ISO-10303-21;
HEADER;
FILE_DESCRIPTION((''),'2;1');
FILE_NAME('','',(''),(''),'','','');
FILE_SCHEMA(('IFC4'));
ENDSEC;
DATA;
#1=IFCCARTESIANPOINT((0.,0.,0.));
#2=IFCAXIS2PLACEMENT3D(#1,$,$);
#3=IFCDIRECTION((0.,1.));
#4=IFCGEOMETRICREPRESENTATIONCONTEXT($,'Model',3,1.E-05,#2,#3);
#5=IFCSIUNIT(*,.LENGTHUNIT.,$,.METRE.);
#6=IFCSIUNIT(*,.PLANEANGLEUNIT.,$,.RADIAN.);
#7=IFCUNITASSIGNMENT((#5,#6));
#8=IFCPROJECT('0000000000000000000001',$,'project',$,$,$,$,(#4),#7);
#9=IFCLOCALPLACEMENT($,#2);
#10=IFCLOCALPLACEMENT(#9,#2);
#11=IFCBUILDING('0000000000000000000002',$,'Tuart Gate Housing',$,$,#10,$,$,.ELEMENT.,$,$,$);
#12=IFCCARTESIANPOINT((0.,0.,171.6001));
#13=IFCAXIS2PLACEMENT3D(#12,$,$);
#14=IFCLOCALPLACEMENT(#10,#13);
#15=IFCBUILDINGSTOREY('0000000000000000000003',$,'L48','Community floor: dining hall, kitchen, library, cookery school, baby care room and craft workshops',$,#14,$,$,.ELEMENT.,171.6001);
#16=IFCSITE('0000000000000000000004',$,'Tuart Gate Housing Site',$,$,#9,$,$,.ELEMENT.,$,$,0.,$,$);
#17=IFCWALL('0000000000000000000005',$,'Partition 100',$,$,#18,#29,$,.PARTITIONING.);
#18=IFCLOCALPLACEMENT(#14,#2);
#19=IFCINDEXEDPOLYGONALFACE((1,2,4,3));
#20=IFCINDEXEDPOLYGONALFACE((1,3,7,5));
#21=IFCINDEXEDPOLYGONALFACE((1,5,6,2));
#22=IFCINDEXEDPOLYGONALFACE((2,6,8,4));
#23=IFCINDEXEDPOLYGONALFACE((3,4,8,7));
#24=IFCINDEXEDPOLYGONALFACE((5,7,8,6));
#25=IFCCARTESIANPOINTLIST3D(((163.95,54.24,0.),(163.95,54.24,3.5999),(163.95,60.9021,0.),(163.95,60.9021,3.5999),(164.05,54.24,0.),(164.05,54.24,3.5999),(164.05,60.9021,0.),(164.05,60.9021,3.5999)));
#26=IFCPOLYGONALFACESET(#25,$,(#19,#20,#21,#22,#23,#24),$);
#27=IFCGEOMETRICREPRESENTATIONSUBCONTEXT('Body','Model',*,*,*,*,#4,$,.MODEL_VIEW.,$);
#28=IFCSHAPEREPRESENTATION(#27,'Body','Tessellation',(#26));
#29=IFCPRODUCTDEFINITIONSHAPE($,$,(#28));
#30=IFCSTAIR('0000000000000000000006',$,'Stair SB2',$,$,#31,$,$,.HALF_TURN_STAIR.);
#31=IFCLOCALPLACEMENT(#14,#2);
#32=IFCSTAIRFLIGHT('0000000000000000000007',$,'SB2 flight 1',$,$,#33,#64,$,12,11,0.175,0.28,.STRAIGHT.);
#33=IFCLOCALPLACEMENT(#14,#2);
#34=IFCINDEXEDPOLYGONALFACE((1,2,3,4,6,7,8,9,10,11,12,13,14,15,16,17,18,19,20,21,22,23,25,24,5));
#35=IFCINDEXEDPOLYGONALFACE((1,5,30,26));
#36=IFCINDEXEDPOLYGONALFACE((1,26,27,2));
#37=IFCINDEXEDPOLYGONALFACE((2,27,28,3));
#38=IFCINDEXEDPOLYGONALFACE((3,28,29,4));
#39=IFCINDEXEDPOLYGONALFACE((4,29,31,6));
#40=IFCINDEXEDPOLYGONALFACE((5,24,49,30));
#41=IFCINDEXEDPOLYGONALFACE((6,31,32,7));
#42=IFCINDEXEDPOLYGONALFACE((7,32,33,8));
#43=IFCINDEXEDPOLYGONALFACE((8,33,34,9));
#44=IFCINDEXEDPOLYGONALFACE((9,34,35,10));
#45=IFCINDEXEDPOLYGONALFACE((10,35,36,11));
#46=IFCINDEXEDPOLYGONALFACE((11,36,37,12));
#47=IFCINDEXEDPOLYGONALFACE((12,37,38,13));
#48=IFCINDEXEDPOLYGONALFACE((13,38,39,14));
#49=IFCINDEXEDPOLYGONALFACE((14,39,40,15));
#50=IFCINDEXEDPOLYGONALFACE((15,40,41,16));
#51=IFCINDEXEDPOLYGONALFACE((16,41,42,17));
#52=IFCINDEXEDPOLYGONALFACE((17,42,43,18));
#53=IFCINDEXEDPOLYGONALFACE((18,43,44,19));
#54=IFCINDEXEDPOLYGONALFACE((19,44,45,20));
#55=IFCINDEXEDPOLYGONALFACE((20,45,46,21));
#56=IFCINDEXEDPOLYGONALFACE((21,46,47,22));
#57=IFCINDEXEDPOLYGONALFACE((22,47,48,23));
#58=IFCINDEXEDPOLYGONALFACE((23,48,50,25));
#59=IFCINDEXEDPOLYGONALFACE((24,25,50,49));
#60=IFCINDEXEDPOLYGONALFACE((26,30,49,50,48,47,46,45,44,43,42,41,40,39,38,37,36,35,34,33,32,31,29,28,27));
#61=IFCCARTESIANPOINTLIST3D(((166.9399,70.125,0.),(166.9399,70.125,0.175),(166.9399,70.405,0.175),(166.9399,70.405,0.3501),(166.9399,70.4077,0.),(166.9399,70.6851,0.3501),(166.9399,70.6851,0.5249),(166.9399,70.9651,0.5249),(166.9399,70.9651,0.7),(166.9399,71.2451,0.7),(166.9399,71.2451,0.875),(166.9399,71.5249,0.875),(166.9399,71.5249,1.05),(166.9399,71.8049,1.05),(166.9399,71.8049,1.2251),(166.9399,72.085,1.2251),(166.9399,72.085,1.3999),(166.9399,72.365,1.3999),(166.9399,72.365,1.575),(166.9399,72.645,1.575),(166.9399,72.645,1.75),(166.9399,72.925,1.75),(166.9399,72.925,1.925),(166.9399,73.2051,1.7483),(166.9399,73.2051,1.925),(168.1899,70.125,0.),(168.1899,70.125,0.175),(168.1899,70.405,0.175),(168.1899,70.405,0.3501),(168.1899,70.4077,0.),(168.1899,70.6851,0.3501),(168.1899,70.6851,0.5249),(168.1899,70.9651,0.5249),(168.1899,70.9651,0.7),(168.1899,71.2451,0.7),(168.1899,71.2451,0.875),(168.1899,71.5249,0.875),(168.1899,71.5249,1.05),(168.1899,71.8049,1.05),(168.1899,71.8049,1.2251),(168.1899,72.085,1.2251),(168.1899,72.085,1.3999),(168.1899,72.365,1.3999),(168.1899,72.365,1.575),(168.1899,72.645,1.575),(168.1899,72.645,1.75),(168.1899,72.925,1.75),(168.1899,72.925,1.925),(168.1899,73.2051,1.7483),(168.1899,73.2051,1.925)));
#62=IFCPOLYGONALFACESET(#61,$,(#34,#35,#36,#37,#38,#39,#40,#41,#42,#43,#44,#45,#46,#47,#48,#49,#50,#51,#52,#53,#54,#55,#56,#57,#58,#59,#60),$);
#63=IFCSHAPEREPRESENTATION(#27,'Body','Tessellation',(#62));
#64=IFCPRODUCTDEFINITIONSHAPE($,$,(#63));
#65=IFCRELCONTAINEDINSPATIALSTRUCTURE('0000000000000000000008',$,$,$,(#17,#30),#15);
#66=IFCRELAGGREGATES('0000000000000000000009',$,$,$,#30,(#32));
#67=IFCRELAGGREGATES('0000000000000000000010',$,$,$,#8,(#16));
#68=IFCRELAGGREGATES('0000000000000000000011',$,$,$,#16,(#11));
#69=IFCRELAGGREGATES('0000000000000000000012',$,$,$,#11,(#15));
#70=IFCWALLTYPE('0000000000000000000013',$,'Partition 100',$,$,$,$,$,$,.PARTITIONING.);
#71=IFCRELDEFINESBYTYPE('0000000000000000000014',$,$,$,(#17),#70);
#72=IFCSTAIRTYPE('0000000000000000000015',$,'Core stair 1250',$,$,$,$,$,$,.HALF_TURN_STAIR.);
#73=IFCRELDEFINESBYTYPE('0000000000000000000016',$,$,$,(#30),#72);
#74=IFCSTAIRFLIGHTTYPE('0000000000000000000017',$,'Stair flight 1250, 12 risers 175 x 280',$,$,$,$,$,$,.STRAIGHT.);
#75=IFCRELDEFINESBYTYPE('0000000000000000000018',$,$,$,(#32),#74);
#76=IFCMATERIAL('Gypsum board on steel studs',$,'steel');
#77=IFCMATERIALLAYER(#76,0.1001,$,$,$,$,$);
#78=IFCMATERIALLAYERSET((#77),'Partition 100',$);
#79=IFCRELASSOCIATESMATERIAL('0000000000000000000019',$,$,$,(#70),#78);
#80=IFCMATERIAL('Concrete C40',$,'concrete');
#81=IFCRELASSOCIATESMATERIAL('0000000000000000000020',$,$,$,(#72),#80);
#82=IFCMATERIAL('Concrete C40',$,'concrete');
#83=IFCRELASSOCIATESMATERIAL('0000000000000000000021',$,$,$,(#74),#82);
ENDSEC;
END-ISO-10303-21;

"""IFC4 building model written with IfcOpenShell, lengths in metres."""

from ifc_helpers import new_model, si_unit, direction, frame, frame_2d, origin, place, context, subcontext, project, spatial, polyline, rectangle, outline, extrude, material, layer, layer_set, type_object, element, aggregate, save


model = new_model("IFC4")

# Units and contexts
model_context = context("Model", 3, precision=1e-05, world=origin(), true_north=direction((0.0, 1.0)))
body_context = subcontext(model_context, "Body", "Model", "MODEL_VIEW")
ifc_project = project(units=[si_unit("LENGTHUNIT", "METRE"), si_unit("PLANEANGLEUNIT", "RADIAN")], contexts=[model_context])

# Site, building, storey
site_placement = place(None, origin())
site = spatial("IfcSite", under=ifc_project, at=site_placement, Name="Tuart Gate Housing Site", CompositionType="ELEMENT", RefElevation=0.0)
building_placement = place(site_placement, origin())
building = spatial("IfcBuilding", under=site, at=building_placement, Name="Tuart Gate Housing", CompositionType="ELEMENT")
storey_placement = place(building_placement, frame((0.0, 0.0, 171.6001)))
storey = spatial("IfcBuildingStorey", under=building, at=storey_placement, Name="L48", Description="Community floor: dining hall, kitchen, library, cookery school, baby care room and craft workshops", CompositionType="ELEMENT", Elevation=171.6001)

# Wall
ifc_material_1 = material(Name="Gypsum board on steel studs", Category="steel")
ifc_layer_1 = layer(ifc_material_1, 0.1001)
ifc_layer_set_1 = layer_set([ifc_layer_1], Name="Partition 100")
wall_type_1 = type_object("IfcWallType", Name="Partition 100", PredefinedType="PARTITIONING", material=ifc_layer_set_1)
wall_1_placement = place(storey_placement, frame((164.0, 54.24, 0.0), z_axis=(0.0, 0.0, 1.0), x_axis=(0.0, 1.0, 0.0)))
element("IfcWall", 1, at=wall_1_placement, inside=storey, type_object=wall_type_1, Name="Partition 100", PredefinedType="PARTITIONING", context=body_context, shape_type="SweptSolid", body=[
    extrude(rectangle(XDim=6.6621, YDim=0.1001, at=frame_2d((3.3311, 0.0))), origin(), (0.0, 0.0, 1.0), 3.5999),
])

# Stair, stair flight
ifc_material_2 = material(Name="Concrete C40", Category="concrete")
stair_type = type_object("IfcStairType", Name="Core stair 1250", PredefinedType="HALF_TURN_STAIR", material=ifc_material_2)
stair_placement = place(storey_placement, origin())
stair = element("IfcStair", 2, at=stair_placement, inside=storey, type_object=stair_type, Name="Stair SB2", PredefinedType="HALF_TURN_STAIR")
ifc_material_3 = material(Name="Concrete C40", Category="concrete")
stair_flight_type = type_object("IfcStairFlightType", Name="Stair flight 1250, 12 risers 175 x 280", PredefinedType="STRAIGHT", material=ifc_material_3)
stair_flight_placement = place(storey_placement, frame((167.5649, 70.125, 0.0), z_axis=(0.0, 0.0, 1.0), x_axis=(0.0, 1.0, 0.0)))
stair_flight = element("IfcStairFlight", 3, at=stair_flight_placement, type_object=stair_flight_type, Name="SB2 flight 1", NumberOfRisers=12, NumberOfTreads=11, PredefinedType="STRAIGHT", RiserHeight=0.175, TreadLength=0.28, context=body_context, shape_type="SweptSolid", body=[
    extrude(outline(polyline([(0.0, 0.0), (0.0, 0.175), (0.28, 0.175), (0.28, 0.3501), (0.5601, 0.3501), (0.5601, 0.5249), (0.8401, 0.5249), (0.8401, 0.7), (1.1201, 0.7), (1.1201, 0.875), (1.3999, 0.875), (1.3999, 1.05), (1.6799, 1.05), (1.6799, 1.2251), (1.96, 1.2251), (1.96, 1.3999), (2.24, 1.3999), (2.24, 1.575), (2.52, 1.575), (2.52, 1.75), (2.8, 1.75), (2.8, 1.925), (3.0801, 1.925), (3.0801, 2.1001), (3.0801, 1.7483), (0.2827, 0.0), (0.0, 0.0)])), frame((0.0, 0.625, 0.0), z_axis=(0.0, -1.0, 0.0), x_axis=(1.0, 0.0, 0.0)), (0.0, 0.0, 1.0), 1.25),
])
aggregate(stair, [stair_flight])

save(model, "model.ifc")
